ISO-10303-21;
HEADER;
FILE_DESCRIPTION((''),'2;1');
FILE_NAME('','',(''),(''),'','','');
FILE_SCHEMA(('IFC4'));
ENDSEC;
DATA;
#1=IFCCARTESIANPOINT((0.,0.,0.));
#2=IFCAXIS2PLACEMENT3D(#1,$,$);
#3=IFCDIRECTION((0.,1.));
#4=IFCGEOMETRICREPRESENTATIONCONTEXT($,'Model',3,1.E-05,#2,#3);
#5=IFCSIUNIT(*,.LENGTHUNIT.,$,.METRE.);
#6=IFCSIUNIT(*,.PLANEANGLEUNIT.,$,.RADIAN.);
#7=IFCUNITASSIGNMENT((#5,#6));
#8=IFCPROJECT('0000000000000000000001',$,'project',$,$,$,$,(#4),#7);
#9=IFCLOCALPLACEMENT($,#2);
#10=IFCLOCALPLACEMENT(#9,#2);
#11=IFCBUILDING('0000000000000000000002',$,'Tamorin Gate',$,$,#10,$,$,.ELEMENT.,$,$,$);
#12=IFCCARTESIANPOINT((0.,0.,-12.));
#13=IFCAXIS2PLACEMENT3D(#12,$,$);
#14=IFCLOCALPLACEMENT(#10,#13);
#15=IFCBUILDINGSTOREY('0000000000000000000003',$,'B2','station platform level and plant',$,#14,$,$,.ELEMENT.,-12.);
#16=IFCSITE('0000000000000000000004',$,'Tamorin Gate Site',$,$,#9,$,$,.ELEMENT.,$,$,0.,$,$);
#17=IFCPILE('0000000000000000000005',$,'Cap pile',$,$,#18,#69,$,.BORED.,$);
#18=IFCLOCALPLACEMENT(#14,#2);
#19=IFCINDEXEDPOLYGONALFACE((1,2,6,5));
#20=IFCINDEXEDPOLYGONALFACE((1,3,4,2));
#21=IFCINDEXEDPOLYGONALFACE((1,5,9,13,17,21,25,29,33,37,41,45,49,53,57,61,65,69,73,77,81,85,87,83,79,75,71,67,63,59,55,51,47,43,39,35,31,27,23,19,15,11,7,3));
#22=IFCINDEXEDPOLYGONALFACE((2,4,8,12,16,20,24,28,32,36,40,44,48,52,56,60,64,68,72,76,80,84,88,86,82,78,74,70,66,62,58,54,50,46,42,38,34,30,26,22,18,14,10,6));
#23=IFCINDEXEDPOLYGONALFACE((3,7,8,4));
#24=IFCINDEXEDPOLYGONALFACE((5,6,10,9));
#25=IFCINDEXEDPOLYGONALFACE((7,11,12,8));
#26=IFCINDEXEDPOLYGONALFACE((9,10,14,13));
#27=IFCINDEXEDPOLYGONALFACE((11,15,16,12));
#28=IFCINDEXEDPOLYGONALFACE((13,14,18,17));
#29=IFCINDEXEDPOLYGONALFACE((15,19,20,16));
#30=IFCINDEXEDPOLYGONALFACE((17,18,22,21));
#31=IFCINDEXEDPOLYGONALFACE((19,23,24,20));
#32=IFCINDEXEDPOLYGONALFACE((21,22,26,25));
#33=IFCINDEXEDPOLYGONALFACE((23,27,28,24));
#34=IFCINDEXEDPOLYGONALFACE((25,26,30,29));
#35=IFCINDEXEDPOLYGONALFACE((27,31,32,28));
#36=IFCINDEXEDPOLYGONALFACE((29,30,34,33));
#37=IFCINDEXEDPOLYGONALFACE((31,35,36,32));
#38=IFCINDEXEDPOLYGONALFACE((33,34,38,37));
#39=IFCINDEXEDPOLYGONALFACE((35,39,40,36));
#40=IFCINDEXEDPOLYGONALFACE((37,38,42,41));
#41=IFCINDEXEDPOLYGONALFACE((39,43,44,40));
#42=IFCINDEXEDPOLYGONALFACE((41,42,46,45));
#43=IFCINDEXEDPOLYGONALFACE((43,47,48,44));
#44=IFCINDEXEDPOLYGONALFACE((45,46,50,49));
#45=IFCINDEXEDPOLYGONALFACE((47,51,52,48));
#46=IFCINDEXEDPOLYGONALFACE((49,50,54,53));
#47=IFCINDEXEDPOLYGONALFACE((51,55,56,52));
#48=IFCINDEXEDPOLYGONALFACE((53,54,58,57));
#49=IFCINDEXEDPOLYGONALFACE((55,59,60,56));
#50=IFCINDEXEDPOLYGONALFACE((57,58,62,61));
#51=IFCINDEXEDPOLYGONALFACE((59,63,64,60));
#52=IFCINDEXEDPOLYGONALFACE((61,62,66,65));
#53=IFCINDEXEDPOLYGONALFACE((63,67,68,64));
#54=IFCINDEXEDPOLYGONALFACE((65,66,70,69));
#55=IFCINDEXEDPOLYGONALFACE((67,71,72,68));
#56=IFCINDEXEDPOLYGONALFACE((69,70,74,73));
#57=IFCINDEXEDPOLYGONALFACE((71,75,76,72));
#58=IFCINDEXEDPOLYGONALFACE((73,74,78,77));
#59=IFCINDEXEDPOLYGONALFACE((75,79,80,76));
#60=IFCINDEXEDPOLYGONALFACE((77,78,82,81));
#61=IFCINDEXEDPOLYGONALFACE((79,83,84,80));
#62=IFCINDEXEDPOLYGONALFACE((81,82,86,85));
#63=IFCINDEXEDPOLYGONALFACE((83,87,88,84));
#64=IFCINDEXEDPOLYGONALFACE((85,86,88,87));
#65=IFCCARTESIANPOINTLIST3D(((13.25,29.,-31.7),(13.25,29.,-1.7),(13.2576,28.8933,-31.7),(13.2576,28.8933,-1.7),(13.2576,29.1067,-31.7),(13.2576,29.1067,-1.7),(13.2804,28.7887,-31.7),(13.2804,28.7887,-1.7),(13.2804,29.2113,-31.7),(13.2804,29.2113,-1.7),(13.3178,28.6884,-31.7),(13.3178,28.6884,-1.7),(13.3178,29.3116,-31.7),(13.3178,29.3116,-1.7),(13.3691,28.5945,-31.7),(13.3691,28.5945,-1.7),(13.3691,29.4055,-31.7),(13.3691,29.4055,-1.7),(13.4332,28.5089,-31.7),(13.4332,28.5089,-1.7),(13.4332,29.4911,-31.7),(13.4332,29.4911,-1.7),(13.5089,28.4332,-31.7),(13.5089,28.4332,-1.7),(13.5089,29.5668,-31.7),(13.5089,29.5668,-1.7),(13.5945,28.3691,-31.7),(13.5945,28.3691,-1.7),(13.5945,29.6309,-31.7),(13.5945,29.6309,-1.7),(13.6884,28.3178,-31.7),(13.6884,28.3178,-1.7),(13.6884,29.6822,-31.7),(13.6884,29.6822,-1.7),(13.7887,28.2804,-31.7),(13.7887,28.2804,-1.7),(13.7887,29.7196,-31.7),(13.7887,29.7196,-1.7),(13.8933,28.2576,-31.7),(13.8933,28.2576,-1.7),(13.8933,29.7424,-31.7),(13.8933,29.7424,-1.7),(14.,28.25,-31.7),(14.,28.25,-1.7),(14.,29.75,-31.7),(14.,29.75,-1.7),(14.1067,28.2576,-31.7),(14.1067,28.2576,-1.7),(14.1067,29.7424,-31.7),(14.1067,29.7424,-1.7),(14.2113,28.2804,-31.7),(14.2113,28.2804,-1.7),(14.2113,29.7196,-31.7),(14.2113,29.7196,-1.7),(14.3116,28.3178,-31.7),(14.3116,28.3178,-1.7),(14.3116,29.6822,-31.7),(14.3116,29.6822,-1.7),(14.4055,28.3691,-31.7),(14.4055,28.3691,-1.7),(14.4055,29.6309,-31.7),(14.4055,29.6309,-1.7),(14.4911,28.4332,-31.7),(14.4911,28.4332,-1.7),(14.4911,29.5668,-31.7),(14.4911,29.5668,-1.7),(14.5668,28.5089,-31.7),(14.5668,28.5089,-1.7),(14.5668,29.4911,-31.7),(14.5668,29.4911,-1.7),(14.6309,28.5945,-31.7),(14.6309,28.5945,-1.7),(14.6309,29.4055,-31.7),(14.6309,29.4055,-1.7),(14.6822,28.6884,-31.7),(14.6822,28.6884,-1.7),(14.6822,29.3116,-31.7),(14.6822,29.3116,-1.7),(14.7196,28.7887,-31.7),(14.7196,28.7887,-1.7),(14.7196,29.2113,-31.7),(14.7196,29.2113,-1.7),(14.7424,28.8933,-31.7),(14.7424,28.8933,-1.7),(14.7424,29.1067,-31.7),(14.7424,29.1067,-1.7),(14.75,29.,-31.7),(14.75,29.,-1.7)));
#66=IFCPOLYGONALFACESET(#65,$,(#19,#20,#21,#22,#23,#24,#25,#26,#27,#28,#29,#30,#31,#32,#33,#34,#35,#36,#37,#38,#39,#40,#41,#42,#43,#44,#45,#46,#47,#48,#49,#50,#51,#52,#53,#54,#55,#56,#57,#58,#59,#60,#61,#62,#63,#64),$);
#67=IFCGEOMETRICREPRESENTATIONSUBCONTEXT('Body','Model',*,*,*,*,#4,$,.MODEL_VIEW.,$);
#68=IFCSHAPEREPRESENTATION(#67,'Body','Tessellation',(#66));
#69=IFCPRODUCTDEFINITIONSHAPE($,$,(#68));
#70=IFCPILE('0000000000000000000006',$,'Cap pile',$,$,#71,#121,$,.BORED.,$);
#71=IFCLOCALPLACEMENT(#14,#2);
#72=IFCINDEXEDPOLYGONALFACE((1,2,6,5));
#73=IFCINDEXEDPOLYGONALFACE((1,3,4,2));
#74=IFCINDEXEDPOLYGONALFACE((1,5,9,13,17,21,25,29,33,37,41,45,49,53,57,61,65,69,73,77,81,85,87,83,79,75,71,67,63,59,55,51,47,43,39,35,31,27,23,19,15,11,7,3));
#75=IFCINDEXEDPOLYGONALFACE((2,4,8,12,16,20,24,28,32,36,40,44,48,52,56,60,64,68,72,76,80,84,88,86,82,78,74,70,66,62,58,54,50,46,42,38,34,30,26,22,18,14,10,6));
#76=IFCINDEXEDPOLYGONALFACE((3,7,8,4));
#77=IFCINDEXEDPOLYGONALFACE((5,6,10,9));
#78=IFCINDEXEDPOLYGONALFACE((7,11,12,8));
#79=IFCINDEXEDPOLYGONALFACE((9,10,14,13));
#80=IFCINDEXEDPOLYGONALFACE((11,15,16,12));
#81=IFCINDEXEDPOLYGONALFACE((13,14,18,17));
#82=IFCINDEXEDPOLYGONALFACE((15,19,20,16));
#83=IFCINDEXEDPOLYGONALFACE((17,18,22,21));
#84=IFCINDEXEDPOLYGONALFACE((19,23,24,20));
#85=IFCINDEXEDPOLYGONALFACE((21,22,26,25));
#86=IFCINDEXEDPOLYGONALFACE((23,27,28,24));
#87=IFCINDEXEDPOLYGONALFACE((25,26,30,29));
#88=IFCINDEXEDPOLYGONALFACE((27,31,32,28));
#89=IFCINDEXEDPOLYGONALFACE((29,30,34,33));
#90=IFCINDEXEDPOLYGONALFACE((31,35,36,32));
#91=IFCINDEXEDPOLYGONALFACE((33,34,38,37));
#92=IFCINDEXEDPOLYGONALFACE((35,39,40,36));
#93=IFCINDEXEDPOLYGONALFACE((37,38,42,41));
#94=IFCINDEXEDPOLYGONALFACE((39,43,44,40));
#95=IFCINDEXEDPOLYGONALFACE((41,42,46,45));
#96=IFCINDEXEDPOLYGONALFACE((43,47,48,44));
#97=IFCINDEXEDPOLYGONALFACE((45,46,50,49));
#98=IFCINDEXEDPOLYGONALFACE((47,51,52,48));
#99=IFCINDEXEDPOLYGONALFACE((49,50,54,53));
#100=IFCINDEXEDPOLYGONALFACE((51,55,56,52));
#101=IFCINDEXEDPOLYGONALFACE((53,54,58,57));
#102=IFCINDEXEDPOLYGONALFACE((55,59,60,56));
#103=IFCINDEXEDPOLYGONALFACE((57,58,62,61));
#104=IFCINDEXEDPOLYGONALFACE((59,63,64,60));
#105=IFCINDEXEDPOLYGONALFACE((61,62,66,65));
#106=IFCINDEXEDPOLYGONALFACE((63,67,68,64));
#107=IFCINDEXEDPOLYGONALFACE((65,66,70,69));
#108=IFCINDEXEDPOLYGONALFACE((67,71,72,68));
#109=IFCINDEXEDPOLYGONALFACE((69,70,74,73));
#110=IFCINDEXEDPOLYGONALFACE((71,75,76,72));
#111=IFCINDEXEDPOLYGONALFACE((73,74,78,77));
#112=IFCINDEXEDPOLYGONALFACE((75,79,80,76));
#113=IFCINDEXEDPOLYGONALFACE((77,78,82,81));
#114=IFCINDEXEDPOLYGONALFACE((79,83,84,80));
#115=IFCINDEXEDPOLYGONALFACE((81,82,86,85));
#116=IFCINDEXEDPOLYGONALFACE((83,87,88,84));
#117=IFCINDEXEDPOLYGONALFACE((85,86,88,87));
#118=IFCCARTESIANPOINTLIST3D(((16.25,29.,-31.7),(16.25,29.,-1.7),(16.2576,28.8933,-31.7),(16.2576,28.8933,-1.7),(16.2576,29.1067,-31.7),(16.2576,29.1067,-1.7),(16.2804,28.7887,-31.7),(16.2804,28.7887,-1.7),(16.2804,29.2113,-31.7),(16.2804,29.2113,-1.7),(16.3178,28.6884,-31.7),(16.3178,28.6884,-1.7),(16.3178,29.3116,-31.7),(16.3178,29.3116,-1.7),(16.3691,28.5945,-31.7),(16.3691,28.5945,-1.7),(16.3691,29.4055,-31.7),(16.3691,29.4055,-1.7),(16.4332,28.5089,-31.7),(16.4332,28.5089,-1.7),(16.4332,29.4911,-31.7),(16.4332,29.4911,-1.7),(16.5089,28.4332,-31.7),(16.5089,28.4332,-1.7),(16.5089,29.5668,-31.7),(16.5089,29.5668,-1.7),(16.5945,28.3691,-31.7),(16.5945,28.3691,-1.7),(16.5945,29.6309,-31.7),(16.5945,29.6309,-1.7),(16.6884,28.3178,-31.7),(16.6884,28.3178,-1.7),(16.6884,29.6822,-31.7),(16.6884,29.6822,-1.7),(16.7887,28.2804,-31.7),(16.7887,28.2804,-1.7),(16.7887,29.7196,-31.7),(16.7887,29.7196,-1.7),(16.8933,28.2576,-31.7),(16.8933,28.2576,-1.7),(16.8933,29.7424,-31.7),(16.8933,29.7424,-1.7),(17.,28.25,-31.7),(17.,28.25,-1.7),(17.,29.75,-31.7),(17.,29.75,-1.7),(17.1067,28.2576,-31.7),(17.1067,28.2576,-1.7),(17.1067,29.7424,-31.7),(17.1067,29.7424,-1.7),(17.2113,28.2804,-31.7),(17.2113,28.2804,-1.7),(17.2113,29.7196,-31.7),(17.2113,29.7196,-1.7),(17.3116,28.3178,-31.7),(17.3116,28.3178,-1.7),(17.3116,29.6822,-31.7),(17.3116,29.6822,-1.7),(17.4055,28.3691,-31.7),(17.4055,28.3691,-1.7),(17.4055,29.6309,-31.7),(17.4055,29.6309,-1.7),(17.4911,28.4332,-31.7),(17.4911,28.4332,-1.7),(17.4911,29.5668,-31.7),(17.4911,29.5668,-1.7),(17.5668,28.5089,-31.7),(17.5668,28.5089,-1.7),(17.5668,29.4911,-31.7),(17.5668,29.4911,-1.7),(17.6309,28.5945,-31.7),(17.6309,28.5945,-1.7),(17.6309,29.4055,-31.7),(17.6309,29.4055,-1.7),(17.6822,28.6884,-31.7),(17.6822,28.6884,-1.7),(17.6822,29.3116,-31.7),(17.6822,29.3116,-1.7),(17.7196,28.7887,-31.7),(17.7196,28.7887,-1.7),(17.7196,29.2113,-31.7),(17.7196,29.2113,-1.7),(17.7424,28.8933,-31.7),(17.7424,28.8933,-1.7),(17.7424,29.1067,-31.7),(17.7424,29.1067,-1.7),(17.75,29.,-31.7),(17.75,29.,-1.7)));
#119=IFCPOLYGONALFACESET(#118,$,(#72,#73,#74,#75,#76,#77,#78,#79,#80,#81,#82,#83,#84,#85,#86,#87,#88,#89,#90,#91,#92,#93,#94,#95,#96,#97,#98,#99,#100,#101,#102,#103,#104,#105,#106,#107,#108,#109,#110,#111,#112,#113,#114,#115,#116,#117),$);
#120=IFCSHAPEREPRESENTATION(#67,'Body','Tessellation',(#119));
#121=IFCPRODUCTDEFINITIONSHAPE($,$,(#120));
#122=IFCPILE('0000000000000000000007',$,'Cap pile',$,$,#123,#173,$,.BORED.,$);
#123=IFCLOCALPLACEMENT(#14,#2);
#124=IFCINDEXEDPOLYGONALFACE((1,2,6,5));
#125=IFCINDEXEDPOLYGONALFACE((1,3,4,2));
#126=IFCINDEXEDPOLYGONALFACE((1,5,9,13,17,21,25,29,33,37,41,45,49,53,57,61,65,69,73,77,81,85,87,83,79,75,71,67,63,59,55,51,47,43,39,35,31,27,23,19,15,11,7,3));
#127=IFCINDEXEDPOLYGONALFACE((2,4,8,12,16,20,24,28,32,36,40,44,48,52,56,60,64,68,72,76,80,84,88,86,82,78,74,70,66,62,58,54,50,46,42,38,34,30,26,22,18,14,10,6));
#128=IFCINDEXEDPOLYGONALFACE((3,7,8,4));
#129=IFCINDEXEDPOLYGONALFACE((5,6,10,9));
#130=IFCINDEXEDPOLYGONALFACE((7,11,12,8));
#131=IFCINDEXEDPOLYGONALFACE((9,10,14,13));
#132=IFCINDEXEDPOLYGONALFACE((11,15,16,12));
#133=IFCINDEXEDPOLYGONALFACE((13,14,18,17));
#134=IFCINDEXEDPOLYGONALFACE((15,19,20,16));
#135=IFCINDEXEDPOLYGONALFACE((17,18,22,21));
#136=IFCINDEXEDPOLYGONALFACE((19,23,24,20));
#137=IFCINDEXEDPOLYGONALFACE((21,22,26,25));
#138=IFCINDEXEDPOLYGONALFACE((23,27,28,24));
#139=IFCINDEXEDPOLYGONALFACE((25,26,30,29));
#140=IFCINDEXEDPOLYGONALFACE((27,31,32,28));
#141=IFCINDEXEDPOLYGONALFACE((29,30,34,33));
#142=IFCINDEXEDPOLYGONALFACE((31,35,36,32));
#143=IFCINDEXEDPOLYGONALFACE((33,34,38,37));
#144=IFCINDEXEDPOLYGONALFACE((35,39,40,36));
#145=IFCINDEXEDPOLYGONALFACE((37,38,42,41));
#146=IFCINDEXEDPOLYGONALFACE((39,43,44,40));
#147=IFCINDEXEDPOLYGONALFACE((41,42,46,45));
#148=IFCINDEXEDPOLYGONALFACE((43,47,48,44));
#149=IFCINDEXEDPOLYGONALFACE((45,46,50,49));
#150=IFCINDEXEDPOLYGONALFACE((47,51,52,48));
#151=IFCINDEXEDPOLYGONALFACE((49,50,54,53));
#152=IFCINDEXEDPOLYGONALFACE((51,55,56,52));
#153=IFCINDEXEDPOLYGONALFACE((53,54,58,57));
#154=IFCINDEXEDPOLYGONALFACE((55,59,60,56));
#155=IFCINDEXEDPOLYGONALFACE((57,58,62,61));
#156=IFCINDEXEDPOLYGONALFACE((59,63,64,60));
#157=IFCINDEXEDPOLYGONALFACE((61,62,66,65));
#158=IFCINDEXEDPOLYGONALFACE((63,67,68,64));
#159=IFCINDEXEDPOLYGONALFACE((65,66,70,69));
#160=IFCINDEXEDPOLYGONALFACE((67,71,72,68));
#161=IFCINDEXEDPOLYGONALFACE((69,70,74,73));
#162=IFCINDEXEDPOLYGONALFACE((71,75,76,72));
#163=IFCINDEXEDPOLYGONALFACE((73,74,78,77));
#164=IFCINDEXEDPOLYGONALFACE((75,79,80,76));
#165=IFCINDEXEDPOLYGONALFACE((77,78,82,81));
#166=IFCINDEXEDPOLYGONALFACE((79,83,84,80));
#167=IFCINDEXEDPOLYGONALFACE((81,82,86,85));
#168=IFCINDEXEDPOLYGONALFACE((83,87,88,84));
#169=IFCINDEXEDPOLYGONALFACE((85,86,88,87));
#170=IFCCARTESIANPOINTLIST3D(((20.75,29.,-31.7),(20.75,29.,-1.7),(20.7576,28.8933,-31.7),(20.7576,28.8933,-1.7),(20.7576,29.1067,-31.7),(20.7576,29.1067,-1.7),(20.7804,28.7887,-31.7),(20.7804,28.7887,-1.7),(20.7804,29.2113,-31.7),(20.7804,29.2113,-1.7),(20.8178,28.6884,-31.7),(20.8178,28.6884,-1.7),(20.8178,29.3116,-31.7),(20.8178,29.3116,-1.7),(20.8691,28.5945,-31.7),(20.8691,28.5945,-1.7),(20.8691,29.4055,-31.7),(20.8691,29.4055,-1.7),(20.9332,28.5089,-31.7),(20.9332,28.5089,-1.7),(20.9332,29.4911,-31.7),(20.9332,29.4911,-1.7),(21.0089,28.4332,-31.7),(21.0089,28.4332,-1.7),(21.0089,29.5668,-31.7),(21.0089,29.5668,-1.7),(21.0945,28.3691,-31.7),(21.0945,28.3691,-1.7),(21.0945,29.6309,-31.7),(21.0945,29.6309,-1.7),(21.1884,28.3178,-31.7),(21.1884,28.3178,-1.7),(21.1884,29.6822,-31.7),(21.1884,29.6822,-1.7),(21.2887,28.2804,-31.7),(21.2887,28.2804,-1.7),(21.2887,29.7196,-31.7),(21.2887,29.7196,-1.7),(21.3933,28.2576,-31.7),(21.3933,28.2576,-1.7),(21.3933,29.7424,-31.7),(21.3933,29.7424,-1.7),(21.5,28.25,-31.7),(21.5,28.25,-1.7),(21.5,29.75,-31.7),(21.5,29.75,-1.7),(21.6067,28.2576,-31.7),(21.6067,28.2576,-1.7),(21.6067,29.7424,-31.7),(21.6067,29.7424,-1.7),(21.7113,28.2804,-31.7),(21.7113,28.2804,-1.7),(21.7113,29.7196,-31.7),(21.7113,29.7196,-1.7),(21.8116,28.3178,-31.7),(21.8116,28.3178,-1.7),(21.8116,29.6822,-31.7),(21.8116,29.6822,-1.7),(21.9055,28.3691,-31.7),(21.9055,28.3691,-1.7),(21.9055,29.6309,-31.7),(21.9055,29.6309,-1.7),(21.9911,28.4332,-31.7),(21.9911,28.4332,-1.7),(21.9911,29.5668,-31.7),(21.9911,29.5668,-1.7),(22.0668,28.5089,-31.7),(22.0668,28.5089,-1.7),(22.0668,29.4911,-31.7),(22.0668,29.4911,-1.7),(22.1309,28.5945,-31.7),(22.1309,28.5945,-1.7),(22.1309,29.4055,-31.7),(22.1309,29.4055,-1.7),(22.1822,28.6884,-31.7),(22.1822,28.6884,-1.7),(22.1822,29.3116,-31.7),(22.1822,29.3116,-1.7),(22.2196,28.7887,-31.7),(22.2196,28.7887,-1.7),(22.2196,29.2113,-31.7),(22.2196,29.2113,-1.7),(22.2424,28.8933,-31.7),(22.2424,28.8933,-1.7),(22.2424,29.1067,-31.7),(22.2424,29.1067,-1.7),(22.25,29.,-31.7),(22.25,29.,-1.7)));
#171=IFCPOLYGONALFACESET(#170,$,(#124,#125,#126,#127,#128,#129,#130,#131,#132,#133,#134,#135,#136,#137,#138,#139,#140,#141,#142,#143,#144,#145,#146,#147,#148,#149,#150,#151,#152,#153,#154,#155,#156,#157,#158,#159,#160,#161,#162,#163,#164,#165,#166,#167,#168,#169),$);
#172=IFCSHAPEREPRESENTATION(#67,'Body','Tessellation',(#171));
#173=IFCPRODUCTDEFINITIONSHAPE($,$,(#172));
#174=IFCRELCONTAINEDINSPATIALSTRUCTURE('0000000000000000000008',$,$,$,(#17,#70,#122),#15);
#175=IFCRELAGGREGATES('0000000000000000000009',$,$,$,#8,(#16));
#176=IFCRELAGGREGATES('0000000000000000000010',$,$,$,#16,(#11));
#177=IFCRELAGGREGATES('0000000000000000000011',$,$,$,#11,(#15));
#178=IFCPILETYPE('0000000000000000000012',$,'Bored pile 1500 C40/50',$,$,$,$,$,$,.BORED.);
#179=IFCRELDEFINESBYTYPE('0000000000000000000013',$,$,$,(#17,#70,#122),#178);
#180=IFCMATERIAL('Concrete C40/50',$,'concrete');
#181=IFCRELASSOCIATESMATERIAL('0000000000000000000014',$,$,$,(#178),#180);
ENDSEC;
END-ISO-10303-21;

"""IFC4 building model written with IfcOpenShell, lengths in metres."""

from ifc_helpers import new_model, si_unit, direction, frame, origin, origin_2d, place, context, subcontext, project, spatial, circle, extrude, material, material_profile, profile_set, type_object, element, save


model = new_model("IFC4")

# Units and contexts
model_context = context("Model", 3, precision=1e-05, world=origin(), true_north=direction((0.0, 1.0)))
body_context = subcontext(model_context, "Body", "Model", "MODEL_VIEW")
ifc_project = project(units=[si_unit("LENGTHUNIT", "METRE"), si_unit("PLANEANGLEUNIT", "RADIAN")], contexts=[model_context])

# Site, building, storey
site_placement = place(None, origin())
site = spatial("IfcSite", under=ifc_project, at=site_placement, Name="Tamorin Gate Site", CompositionType="ELEMENT", RefElevation=0.0)
building_placement = place(site_placement, origin())
building = spatial("IfcBuilding", under=site, at=building_placement, Name="Tamorin Gate", CompositionType="ELEMENT")
storey_placement = place(building_placement, frame((0.0, 0.0, -12.0)))
storey = spatial("IfcBuildingStorey", under=building, at=storey_placement, Name="B2", Description="station platform level and plant", CompositionType="ELEMENT", Elevation=-12.0)

# Piles
ifc_material_1 = material(Name="Concrete C40/50", Category="concrete")
ifc_material_profile_1 = material_profile(ifc_material_1, circle(Radius=0.75, at=origin_2d()))
ifc_profile_set_1 = profile_set([ifc_material_profile_1], Name="Concrete C40/50")
pile_type = type_object("IfcPileType", Name="Bored pile 1500 C40/50", PredefinedType="BORED", material=ifc_profile_set_1)
for number, where, z_axis, x_axis, name in (
    (1, (14.0, 29.0, -1.7), (0.0, 0.0, -1.0), (1.0, 0.0, 0.0), "Cap pile"),
    (2, (17.0, 29.0, -1.7), (0.0, 0.0, -1.0), (1.0, 0.0, 0.0), "Cap pile"),
    (3, (21.5, 29.0, -1.7), (0.0, 0.0, -1.0), (1.0, 0.0, 0.0), "Cap pile"),
):
    element("IfcPile", number, at=place(storey_placement, frame(where, z_axis=z_axis, x_axis=x_axis)), inside=storey, type_object=pile_type, Name=name, PredefinedType="BORED", context=body_context, shape_type="SweptSolid", body=[
        extrude(circle(Radius=0.75, at=origin_2d()), origin(), (0.0, 0.0, 1.0), 30.0),
    ])

save(model, "model.ifc")
